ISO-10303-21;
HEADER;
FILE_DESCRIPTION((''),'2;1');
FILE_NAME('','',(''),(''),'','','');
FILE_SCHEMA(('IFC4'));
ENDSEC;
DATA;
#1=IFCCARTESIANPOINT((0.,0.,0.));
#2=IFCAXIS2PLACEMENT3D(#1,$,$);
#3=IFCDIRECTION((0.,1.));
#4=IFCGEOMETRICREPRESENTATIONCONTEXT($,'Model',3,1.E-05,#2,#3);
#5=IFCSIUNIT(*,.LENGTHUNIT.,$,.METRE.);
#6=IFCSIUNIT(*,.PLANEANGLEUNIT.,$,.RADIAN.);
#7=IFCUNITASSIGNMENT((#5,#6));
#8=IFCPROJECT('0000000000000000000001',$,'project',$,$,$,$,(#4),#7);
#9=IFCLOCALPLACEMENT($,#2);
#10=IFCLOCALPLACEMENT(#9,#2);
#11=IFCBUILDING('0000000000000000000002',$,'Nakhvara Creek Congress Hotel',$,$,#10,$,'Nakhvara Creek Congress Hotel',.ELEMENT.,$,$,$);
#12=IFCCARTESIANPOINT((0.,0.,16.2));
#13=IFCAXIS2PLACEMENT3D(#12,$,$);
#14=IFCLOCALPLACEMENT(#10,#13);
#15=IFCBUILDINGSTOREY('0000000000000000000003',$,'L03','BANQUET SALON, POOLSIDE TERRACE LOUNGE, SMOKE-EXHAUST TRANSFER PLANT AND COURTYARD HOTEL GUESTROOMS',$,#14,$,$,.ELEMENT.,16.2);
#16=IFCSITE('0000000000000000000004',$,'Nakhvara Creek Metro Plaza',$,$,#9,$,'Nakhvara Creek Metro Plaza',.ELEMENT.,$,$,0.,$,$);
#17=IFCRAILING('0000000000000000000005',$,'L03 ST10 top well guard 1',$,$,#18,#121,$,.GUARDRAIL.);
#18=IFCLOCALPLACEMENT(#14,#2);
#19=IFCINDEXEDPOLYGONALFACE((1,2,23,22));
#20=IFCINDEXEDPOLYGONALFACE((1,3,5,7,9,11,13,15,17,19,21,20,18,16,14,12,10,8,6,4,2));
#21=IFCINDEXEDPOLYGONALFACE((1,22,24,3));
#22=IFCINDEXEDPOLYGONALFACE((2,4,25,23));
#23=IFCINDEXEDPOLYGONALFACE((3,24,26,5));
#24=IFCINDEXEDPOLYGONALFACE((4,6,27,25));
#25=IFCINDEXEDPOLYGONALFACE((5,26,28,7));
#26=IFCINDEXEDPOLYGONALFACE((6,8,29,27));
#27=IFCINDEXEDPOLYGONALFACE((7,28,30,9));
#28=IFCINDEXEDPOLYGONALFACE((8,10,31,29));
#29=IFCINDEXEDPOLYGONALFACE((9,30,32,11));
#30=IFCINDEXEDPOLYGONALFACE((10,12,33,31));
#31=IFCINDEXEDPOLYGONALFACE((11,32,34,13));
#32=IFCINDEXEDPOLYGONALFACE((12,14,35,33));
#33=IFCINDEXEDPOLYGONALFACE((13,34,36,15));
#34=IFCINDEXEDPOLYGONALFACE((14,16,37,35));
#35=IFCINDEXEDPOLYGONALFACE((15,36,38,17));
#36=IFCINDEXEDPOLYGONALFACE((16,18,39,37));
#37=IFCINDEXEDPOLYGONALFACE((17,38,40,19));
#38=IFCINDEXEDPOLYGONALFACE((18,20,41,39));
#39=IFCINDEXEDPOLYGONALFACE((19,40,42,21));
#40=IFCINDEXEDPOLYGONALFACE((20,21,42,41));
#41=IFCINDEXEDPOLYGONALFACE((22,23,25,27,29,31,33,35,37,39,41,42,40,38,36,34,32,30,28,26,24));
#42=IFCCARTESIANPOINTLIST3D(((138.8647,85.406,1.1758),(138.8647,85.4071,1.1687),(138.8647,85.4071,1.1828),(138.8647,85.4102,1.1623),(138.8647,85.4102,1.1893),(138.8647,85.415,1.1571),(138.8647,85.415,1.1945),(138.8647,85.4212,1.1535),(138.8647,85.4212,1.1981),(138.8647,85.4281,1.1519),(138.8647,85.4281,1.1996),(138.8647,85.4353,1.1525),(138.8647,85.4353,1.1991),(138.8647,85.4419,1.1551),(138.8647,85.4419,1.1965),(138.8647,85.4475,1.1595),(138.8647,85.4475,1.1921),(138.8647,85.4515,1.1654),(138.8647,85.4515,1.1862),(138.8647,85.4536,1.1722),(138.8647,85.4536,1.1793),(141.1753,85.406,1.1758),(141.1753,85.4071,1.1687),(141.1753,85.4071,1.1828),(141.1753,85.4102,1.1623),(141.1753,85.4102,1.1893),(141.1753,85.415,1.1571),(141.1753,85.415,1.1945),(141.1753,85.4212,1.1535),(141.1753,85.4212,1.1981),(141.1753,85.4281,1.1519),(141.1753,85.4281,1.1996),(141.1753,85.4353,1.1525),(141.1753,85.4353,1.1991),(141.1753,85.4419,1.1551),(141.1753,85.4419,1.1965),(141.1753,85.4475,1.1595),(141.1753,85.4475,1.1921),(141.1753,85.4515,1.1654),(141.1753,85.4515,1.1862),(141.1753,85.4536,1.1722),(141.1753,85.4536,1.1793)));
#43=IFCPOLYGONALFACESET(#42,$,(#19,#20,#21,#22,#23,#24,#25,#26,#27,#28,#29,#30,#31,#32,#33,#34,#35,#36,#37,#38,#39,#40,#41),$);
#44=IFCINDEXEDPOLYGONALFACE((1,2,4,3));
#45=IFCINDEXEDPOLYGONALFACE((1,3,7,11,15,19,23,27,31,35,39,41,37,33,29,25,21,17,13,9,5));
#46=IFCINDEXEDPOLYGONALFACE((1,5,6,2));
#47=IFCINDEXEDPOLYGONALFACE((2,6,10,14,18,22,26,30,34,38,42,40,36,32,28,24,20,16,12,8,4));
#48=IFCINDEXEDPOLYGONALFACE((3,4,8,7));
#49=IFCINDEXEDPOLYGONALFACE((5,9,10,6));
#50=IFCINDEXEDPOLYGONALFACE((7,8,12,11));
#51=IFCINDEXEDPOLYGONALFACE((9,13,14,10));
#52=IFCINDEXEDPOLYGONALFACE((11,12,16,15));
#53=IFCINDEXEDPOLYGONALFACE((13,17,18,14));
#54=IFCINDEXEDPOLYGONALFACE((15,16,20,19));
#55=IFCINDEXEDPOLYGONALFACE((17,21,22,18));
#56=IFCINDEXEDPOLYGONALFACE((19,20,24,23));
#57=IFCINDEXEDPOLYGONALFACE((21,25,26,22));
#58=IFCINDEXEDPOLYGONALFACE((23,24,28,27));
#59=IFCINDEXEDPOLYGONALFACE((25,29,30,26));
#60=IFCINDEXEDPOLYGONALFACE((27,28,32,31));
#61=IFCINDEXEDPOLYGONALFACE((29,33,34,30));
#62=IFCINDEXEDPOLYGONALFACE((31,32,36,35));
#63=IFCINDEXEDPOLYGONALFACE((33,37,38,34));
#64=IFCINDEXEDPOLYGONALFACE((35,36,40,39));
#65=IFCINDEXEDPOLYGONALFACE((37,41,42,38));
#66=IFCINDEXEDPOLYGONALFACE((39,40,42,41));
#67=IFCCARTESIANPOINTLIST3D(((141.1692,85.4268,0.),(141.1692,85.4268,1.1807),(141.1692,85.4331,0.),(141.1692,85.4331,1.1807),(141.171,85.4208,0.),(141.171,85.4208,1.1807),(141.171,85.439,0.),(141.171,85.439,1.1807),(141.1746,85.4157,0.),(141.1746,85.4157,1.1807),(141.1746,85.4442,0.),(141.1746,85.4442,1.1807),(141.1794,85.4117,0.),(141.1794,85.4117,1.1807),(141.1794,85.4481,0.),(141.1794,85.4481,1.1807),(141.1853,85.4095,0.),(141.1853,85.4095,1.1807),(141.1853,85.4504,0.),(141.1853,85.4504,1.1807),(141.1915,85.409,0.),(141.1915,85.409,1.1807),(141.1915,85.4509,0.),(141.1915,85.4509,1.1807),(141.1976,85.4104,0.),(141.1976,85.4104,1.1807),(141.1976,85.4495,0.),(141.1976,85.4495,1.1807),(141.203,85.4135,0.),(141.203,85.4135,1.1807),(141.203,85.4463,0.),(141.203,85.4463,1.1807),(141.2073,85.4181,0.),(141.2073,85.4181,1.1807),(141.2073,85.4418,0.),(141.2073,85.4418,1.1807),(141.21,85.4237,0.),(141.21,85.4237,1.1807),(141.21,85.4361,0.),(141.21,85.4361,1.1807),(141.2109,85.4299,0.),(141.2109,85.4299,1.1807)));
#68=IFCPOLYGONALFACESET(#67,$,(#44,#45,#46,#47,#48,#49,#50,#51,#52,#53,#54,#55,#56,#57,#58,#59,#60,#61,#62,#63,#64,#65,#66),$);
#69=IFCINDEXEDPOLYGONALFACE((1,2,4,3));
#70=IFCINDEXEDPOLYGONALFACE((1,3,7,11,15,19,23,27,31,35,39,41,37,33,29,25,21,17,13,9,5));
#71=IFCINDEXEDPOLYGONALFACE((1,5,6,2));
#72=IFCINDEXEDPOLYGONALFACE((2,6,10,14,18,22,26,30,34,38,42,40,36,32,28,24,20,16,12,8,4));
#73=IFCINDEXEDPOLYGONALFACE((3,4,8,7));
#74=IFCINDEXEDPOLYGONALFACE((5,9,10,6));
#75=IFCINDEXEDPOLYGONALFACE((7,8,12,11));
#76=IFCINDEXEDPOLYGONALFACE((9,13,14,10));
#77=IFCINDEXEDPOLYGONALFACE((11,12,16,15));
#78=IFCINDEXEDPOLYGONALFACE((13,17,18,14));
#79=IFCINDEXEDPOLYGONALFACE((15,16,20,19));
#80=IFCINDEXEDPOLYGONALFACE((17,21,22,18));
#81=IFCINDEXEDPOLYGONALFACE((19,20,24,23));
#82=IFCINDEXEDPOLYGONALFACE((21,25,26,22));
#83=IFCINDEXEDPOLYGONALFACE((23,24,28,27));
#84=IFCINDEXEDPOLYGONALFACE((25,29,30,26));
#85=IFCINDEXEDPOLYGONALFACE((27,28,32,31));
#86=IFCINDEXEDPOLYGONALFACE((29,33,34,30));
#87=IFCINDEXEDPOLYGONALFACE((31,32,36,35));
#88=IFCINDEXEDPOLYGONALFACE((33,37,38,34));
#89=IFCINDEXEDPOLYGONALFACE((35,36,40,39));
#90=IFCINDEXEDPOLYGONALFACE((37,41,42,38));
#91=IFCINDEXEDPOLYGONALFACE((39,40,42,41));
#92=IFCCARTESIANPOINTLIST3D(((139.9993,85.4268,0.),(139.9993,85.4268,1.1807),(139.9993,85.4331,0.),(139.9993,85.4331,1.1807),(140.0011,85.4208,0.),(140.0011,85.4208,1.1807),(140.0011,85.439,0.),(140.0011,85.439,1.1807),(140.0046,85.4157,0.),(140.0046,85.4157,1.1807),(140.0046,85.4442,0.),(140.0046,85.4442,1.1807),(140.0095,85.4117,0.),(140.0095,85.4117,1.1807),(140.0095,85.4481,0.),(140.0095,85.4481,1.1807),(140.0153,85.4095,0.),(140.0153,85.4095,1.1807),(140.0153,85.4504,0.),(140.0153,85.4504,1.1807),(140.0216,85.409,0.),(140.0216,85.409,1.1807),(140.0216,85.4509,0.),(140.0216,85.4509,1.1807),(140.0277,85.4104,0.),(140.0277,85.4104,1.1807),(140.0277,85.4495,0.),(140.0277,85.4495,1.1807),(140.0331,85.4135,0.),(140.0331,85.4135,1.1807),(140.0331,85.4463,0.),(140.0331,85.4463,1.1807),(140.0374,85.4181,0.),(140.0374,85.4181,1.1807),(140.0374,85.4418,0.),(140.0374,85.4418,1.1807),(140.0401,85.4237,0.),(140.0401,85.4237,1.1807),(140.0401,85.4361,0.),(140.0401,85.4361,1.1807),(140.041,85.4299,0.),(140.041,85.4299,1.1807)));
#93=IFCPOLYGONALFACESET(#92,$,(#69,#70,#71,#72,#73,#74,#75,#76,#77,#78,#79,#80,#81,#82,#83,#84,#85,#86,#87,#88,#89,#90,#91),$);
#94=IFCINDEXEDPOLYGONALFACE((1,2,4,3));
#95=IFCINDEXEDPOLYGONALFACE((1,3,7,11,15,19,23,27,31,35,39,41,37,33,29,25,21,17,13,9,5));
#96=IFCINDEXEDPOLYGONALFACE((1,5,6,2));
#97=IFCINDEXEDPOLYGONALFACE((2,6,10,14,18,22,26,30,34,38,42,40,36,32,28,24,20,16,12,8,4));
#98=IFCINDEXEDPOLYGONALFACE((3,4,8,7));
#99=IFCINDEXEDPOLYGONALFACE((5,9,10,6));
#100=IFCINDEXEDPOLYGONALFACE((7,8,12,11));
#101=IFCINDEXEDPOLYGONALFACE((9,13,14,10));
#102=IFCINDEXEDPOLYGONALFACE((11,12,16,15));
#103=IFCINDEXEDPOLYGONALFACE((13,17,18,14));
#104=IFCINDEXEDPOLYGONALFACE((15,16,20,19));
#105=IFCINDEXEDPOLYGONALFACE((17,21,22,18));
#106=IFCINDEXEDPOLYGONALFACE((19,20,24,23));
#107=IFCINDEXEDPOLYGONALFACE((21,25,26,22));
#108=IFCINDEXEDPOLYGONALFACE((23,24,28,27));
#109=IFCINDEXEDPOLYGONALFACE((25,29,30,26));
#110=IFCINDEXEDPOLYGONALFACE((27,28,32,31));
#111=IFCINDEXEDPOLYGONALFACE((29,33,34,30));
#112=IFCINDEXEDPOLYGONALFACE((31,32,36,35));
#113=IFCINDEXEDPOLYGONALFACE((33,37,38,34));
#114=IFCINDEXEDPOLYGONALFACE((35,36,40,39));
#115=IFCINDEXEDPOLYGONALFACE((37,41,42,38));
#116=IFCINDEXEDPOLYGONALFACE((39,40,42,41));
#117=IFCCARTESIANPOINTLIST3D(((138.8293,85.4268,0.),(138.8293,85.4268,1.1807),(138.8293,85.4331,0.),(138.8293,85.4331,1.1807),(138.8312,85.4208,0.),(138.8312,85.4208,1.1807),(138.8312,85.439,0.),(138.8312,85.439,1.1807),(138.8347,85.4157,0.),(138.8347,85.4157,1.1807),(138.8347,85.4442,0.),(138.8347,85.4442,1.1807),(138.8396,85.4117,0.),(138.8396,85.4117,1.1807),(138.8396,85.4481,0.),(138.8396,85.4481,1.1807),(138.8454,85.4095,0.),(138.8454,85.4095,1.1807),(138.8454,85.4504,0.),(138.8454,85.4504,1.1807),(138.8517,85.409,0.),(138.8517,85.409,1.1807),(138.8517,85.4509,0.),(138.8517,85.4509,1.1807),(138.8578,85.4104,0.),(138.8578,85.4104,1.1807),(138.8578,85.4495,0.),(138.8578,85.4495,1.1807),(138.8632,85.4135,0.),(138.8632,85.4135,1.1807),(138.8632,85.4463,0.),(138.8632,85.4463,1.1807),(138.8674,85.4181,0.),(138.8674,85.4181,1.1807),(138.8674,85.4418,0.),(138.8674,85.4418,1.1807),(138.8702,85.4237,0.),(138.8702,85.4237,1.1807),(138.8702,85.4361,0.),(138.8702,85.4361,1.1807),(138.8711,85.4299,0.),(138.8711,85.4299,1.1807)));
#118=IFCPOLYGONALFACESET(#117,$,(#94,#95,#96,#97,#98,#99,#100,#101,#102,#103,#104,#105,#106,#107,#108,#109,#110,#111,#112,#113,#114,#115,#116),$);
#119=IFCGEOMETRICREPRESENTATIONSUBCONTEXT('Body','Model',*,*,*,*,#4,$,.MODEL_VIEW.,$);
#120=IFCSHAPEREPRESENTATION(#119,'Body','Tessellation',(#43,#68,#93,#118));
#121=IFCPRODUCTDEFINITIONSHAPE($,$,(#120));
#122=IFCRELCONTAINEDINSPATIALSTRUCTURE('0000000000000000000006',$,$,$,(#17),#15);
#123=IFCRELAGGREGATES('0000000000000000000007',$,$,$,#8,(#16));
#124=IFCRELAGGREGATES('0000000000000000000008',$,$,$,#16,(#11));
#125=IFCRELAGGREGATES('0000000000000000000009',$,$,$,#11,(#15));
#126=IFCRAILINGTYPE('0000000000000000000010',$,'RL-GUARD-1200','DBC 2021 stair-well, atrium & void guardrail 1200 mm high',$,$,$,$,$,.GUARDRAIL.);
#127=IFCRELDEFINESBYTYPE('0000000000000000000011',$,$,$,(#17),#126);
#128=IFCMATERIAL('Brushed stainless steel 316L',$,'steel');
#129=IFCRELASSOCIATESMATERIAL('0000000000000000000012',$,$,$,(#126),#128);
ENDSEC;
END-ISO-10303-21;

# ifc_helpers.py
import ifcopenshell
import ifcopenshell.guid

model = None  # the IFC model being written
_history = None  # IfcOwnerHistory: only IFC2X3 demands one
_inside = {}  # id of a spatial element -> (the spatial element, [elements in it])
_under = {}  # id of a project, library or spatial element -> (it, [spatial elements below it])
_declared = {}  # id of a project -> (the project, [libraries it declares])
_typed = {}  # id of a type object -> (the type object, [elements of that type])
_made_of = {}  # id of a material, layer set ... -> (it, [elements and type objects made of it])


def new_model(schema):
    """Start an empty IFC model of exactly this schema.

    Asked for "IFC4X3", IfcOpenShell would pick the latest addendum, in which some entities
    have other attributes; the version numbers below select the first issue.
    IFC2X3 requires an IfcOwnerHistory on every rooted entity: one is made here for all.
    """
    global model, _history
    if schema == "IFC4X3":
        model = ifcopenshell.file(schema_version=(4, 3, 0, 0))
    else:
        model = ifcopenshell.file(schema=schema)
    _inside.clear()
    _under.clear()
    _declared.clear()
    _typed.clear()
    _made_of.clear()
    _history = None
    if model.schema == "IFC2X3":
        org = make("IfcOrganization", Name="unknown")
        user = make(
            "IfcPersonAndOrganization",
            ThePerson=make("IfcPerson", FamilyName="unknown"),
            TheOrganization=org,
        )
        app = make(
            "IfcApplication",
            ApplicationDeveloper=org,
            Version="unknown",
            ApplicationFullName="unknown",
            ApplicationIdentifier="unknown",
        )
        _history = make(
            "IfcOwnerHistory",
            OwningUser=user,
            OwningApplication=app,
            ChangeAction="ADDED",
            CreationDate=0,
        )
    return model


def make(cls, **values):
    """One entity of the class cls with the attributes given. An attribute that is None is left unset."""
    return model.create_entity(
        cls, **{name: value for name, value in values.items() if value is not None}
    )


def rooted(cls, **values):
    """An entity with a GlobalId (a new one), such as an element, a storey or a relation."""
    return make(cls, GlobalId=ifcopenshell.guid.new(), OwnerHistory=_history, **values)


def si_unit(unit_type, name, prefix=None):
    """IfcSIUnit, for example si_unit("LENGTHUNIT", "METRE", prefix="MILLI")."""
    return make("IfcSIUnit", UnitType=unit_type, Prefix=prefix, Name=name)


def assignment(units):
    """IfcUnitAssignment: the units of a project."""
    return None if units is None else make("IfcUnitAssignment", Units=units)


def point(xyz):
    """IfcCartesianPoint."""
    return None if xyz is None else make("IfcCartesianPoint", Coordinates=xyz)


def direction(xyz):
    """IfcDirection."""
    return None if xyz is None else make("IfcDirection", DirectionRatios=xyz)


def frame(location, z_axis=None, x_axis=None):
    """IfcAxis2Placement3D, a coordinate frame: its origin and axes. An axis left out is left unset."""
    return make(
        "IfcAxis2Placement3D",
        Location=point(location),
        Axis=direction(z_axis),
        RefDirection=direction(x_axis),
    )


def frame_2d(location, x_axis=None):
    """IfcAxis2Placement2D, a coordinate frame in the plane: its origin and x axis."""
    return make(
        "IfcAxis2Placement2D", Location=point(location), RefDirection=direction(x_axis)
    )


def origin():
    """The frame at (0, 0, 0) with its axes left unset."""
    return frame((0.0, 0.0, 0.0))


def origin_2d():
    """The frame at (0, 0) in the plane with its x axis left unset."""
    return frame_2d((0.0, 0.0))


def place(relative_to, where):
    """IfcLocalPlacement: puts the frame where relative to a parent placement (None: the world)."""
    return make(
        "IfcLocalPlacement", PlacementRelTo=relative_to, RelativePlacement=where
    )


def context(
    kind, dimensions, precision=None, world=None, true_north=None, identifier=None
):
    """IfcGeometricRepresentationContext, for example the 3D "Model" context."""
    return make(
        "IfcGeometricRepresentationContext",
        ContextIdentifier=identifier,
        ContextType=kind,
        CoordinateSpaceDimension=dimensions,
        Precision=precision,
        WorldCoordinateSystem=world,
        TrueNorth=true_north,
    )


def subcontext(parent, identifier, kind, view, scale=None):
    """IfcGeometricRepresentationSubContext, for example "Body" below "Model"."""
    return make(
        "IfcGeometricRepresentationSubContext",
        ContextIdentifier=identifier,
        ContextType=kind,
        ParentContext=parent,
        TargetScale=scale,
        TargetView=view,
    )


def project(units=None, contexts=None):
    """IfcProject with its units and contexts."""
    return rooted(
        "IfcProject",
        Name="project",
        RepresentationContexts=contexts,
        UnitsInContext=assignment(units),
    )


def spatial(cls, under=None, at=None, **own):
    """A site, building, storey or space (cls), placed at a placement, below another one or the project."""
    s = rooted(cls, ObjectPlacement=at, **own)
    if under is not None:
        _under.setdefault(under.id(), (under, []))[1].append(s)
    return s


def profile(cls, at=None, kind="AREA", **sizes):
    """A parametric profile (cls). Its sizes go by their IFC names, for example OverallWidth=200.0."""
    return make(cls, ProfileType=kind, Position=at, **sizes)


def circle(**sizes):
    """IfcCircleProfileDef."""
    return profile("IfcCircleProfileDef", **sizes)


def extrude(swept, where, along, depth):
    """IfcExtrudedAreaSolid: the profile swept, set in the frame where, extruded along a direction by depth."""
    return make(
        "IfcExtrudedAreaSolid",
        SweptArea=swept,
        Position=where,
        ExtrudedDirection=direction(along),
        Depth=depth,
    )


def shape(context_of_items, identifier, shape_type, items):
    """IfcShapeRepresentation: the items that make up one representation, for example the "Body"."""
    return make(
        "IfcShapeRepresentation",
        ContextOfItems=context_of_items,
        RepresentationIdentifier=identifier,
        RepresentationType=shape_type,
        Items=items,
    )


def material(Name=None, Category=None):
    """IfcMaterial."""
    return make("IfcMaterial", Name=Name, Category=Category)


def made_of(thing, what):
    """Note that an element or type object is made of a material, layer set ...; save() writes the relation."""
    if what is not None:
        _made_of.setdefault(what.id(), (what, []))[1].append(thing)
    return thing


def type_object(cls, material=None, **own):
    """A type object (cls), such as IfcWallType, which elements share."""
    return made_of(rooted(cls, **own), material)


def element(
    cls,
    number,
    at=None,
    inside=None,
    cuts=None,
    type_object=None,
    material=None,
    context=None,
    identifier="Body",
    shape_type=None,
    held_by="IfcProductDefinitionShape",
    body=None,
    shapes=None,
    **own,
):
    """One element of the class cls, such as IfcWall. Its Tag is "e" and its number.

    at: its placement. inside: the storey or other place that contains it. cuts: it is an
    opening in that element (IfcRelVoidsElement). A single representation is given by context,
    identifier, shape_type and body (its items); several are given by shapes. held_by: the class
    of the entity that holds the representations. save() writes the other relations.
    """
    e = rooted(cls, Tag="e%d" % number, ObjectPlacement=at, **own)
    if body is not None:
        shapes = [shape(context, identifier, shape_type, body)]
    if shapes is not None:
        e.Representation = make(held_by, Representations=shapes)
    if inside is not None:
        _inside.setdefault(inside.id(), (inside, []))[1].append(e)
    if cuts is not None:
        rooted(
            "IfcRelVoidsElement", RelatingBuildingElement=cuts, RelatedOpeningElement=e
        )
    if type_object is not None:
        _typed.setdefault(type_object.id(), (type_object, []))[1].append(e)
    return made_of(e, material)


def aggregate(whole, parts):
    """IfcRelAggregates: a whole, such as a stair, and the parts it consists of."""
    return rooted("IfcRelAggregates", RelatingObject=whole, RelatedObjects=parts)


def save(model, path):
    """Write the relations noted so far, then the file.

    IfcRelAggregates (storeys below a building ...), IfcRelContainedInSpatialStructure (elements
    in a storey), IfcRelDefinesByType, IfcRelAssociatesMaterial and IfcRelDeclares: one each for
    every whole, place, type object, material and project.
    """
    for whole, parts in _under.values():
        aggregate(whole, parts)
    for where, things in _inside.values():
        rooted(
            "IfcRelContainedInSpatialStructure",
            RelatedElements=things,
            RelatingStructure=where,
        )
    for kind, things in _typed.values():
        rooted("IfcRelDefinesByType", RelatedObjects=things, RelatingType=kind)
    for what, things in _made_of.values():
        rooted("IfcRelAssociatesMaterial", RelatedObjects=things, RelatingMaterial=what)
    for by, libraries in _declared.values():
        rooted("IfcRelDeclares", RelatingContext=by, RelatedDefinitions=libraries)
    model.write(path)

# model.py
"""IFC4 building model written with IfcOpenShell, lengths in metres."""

from ifc_helpers import new_model, si_unit, direction, frame, origin, origin_2d, place, context, subcontext, project, spatial, circle, extrude, material, type_object, element, save


model = new_model("IFC4")

# Units and contexts
model_context = context("Model", 3, precision=1e-05, world=origin(), true_north=direction((0.0, 1.0)))
body_context = subcontext(model_context, "Body", "Model", "MODEL_VIEW")
ifc_project = project(units=[si_unit("LENGTHUNIT", "METRE"), si_unit("PLANEANGLEUNIT", "RADIAN")], contexts=[model_context])

# Site, building, storey
site_placement = place(None, origin())
site = spatial("IfcSite", under=ifc_project, at=site_placement, Name="Nakhvara Creek Metro Plaza", LongName="Nakhvara Creek Metro Plaza", CompositionType="ELEMENT", RefElevation=0.0)
building_placement = place(site_placement, origin())
building = spatial("IfcBuilding", under=site, at=building_placement, Name="Nakhvara Creek Congress Hotel", LongName="Nakhvara Creek Congress Hotel", CompositionType="ELEMENT")
storey_placement = place(building_placement, frame((0.0, 0.0, 16.2)))
storey = spatial("IfcBuildingStorey", under=building, at=storey_placement, Name="L03", Description="BANQUET SALON, POOLSIDE TERRACE LOUNGE, SMOKE-EXHAUST TRANSFER PLANT AND COURTYARD HOTEL GUESTROOMS", CompositionType="ELEMENT", Elevation=16.2)

# Railing
ifc_material_1 = material(Name="Brushed stainless steel 316L", Category="steel")
railing_type = type_object("IfcRailingType", Name="RL-GUARD-1200", Description="DBC 2021 stair-well, atrium & void guardrail 1200 mm high", PredefinedType="GUARDRAIL", material=ifc_material_1)
railing_placement = place(storey_placement, frame((141.1899, 85.4299, 0.0)))
element("IfcRailing", 1, at=railing_placement, inside=storey, type_object=railing_type, Name="L03 ST10 top well guard 1", PredefinedType="GUARDRAIL", context=body_context, shape_type="SweptSolid", body=[
    extrude(circle(Radius=0.0239, at=origin_2d()), frame((-0.0146, 0.0, 1.1758), z_axis=(-1.0, 0.0, 0.0), x_axis=(0.0, -1.0, 0.0)), (0.0, 0.0, 1.0), 2.3105),
    extrude(circle(Radius=0.021, at=origin_2d()), origin(), (0.0, 0.0, 1.0), 1.1807),
    extrude(circle(Radius=0.021, at=origin_2d()), frame((-1.1699, 0.0, 0.0)), (0.0, 0.0, 1.0), 1.1807),
    extrude(circle(Radius=0.021, at=origin_2d()), frame((-2.3398, 0.0, 0.0)), (0.0, 0.0, 1.0), 1.1807),
])

save(model, "model.ifc")
